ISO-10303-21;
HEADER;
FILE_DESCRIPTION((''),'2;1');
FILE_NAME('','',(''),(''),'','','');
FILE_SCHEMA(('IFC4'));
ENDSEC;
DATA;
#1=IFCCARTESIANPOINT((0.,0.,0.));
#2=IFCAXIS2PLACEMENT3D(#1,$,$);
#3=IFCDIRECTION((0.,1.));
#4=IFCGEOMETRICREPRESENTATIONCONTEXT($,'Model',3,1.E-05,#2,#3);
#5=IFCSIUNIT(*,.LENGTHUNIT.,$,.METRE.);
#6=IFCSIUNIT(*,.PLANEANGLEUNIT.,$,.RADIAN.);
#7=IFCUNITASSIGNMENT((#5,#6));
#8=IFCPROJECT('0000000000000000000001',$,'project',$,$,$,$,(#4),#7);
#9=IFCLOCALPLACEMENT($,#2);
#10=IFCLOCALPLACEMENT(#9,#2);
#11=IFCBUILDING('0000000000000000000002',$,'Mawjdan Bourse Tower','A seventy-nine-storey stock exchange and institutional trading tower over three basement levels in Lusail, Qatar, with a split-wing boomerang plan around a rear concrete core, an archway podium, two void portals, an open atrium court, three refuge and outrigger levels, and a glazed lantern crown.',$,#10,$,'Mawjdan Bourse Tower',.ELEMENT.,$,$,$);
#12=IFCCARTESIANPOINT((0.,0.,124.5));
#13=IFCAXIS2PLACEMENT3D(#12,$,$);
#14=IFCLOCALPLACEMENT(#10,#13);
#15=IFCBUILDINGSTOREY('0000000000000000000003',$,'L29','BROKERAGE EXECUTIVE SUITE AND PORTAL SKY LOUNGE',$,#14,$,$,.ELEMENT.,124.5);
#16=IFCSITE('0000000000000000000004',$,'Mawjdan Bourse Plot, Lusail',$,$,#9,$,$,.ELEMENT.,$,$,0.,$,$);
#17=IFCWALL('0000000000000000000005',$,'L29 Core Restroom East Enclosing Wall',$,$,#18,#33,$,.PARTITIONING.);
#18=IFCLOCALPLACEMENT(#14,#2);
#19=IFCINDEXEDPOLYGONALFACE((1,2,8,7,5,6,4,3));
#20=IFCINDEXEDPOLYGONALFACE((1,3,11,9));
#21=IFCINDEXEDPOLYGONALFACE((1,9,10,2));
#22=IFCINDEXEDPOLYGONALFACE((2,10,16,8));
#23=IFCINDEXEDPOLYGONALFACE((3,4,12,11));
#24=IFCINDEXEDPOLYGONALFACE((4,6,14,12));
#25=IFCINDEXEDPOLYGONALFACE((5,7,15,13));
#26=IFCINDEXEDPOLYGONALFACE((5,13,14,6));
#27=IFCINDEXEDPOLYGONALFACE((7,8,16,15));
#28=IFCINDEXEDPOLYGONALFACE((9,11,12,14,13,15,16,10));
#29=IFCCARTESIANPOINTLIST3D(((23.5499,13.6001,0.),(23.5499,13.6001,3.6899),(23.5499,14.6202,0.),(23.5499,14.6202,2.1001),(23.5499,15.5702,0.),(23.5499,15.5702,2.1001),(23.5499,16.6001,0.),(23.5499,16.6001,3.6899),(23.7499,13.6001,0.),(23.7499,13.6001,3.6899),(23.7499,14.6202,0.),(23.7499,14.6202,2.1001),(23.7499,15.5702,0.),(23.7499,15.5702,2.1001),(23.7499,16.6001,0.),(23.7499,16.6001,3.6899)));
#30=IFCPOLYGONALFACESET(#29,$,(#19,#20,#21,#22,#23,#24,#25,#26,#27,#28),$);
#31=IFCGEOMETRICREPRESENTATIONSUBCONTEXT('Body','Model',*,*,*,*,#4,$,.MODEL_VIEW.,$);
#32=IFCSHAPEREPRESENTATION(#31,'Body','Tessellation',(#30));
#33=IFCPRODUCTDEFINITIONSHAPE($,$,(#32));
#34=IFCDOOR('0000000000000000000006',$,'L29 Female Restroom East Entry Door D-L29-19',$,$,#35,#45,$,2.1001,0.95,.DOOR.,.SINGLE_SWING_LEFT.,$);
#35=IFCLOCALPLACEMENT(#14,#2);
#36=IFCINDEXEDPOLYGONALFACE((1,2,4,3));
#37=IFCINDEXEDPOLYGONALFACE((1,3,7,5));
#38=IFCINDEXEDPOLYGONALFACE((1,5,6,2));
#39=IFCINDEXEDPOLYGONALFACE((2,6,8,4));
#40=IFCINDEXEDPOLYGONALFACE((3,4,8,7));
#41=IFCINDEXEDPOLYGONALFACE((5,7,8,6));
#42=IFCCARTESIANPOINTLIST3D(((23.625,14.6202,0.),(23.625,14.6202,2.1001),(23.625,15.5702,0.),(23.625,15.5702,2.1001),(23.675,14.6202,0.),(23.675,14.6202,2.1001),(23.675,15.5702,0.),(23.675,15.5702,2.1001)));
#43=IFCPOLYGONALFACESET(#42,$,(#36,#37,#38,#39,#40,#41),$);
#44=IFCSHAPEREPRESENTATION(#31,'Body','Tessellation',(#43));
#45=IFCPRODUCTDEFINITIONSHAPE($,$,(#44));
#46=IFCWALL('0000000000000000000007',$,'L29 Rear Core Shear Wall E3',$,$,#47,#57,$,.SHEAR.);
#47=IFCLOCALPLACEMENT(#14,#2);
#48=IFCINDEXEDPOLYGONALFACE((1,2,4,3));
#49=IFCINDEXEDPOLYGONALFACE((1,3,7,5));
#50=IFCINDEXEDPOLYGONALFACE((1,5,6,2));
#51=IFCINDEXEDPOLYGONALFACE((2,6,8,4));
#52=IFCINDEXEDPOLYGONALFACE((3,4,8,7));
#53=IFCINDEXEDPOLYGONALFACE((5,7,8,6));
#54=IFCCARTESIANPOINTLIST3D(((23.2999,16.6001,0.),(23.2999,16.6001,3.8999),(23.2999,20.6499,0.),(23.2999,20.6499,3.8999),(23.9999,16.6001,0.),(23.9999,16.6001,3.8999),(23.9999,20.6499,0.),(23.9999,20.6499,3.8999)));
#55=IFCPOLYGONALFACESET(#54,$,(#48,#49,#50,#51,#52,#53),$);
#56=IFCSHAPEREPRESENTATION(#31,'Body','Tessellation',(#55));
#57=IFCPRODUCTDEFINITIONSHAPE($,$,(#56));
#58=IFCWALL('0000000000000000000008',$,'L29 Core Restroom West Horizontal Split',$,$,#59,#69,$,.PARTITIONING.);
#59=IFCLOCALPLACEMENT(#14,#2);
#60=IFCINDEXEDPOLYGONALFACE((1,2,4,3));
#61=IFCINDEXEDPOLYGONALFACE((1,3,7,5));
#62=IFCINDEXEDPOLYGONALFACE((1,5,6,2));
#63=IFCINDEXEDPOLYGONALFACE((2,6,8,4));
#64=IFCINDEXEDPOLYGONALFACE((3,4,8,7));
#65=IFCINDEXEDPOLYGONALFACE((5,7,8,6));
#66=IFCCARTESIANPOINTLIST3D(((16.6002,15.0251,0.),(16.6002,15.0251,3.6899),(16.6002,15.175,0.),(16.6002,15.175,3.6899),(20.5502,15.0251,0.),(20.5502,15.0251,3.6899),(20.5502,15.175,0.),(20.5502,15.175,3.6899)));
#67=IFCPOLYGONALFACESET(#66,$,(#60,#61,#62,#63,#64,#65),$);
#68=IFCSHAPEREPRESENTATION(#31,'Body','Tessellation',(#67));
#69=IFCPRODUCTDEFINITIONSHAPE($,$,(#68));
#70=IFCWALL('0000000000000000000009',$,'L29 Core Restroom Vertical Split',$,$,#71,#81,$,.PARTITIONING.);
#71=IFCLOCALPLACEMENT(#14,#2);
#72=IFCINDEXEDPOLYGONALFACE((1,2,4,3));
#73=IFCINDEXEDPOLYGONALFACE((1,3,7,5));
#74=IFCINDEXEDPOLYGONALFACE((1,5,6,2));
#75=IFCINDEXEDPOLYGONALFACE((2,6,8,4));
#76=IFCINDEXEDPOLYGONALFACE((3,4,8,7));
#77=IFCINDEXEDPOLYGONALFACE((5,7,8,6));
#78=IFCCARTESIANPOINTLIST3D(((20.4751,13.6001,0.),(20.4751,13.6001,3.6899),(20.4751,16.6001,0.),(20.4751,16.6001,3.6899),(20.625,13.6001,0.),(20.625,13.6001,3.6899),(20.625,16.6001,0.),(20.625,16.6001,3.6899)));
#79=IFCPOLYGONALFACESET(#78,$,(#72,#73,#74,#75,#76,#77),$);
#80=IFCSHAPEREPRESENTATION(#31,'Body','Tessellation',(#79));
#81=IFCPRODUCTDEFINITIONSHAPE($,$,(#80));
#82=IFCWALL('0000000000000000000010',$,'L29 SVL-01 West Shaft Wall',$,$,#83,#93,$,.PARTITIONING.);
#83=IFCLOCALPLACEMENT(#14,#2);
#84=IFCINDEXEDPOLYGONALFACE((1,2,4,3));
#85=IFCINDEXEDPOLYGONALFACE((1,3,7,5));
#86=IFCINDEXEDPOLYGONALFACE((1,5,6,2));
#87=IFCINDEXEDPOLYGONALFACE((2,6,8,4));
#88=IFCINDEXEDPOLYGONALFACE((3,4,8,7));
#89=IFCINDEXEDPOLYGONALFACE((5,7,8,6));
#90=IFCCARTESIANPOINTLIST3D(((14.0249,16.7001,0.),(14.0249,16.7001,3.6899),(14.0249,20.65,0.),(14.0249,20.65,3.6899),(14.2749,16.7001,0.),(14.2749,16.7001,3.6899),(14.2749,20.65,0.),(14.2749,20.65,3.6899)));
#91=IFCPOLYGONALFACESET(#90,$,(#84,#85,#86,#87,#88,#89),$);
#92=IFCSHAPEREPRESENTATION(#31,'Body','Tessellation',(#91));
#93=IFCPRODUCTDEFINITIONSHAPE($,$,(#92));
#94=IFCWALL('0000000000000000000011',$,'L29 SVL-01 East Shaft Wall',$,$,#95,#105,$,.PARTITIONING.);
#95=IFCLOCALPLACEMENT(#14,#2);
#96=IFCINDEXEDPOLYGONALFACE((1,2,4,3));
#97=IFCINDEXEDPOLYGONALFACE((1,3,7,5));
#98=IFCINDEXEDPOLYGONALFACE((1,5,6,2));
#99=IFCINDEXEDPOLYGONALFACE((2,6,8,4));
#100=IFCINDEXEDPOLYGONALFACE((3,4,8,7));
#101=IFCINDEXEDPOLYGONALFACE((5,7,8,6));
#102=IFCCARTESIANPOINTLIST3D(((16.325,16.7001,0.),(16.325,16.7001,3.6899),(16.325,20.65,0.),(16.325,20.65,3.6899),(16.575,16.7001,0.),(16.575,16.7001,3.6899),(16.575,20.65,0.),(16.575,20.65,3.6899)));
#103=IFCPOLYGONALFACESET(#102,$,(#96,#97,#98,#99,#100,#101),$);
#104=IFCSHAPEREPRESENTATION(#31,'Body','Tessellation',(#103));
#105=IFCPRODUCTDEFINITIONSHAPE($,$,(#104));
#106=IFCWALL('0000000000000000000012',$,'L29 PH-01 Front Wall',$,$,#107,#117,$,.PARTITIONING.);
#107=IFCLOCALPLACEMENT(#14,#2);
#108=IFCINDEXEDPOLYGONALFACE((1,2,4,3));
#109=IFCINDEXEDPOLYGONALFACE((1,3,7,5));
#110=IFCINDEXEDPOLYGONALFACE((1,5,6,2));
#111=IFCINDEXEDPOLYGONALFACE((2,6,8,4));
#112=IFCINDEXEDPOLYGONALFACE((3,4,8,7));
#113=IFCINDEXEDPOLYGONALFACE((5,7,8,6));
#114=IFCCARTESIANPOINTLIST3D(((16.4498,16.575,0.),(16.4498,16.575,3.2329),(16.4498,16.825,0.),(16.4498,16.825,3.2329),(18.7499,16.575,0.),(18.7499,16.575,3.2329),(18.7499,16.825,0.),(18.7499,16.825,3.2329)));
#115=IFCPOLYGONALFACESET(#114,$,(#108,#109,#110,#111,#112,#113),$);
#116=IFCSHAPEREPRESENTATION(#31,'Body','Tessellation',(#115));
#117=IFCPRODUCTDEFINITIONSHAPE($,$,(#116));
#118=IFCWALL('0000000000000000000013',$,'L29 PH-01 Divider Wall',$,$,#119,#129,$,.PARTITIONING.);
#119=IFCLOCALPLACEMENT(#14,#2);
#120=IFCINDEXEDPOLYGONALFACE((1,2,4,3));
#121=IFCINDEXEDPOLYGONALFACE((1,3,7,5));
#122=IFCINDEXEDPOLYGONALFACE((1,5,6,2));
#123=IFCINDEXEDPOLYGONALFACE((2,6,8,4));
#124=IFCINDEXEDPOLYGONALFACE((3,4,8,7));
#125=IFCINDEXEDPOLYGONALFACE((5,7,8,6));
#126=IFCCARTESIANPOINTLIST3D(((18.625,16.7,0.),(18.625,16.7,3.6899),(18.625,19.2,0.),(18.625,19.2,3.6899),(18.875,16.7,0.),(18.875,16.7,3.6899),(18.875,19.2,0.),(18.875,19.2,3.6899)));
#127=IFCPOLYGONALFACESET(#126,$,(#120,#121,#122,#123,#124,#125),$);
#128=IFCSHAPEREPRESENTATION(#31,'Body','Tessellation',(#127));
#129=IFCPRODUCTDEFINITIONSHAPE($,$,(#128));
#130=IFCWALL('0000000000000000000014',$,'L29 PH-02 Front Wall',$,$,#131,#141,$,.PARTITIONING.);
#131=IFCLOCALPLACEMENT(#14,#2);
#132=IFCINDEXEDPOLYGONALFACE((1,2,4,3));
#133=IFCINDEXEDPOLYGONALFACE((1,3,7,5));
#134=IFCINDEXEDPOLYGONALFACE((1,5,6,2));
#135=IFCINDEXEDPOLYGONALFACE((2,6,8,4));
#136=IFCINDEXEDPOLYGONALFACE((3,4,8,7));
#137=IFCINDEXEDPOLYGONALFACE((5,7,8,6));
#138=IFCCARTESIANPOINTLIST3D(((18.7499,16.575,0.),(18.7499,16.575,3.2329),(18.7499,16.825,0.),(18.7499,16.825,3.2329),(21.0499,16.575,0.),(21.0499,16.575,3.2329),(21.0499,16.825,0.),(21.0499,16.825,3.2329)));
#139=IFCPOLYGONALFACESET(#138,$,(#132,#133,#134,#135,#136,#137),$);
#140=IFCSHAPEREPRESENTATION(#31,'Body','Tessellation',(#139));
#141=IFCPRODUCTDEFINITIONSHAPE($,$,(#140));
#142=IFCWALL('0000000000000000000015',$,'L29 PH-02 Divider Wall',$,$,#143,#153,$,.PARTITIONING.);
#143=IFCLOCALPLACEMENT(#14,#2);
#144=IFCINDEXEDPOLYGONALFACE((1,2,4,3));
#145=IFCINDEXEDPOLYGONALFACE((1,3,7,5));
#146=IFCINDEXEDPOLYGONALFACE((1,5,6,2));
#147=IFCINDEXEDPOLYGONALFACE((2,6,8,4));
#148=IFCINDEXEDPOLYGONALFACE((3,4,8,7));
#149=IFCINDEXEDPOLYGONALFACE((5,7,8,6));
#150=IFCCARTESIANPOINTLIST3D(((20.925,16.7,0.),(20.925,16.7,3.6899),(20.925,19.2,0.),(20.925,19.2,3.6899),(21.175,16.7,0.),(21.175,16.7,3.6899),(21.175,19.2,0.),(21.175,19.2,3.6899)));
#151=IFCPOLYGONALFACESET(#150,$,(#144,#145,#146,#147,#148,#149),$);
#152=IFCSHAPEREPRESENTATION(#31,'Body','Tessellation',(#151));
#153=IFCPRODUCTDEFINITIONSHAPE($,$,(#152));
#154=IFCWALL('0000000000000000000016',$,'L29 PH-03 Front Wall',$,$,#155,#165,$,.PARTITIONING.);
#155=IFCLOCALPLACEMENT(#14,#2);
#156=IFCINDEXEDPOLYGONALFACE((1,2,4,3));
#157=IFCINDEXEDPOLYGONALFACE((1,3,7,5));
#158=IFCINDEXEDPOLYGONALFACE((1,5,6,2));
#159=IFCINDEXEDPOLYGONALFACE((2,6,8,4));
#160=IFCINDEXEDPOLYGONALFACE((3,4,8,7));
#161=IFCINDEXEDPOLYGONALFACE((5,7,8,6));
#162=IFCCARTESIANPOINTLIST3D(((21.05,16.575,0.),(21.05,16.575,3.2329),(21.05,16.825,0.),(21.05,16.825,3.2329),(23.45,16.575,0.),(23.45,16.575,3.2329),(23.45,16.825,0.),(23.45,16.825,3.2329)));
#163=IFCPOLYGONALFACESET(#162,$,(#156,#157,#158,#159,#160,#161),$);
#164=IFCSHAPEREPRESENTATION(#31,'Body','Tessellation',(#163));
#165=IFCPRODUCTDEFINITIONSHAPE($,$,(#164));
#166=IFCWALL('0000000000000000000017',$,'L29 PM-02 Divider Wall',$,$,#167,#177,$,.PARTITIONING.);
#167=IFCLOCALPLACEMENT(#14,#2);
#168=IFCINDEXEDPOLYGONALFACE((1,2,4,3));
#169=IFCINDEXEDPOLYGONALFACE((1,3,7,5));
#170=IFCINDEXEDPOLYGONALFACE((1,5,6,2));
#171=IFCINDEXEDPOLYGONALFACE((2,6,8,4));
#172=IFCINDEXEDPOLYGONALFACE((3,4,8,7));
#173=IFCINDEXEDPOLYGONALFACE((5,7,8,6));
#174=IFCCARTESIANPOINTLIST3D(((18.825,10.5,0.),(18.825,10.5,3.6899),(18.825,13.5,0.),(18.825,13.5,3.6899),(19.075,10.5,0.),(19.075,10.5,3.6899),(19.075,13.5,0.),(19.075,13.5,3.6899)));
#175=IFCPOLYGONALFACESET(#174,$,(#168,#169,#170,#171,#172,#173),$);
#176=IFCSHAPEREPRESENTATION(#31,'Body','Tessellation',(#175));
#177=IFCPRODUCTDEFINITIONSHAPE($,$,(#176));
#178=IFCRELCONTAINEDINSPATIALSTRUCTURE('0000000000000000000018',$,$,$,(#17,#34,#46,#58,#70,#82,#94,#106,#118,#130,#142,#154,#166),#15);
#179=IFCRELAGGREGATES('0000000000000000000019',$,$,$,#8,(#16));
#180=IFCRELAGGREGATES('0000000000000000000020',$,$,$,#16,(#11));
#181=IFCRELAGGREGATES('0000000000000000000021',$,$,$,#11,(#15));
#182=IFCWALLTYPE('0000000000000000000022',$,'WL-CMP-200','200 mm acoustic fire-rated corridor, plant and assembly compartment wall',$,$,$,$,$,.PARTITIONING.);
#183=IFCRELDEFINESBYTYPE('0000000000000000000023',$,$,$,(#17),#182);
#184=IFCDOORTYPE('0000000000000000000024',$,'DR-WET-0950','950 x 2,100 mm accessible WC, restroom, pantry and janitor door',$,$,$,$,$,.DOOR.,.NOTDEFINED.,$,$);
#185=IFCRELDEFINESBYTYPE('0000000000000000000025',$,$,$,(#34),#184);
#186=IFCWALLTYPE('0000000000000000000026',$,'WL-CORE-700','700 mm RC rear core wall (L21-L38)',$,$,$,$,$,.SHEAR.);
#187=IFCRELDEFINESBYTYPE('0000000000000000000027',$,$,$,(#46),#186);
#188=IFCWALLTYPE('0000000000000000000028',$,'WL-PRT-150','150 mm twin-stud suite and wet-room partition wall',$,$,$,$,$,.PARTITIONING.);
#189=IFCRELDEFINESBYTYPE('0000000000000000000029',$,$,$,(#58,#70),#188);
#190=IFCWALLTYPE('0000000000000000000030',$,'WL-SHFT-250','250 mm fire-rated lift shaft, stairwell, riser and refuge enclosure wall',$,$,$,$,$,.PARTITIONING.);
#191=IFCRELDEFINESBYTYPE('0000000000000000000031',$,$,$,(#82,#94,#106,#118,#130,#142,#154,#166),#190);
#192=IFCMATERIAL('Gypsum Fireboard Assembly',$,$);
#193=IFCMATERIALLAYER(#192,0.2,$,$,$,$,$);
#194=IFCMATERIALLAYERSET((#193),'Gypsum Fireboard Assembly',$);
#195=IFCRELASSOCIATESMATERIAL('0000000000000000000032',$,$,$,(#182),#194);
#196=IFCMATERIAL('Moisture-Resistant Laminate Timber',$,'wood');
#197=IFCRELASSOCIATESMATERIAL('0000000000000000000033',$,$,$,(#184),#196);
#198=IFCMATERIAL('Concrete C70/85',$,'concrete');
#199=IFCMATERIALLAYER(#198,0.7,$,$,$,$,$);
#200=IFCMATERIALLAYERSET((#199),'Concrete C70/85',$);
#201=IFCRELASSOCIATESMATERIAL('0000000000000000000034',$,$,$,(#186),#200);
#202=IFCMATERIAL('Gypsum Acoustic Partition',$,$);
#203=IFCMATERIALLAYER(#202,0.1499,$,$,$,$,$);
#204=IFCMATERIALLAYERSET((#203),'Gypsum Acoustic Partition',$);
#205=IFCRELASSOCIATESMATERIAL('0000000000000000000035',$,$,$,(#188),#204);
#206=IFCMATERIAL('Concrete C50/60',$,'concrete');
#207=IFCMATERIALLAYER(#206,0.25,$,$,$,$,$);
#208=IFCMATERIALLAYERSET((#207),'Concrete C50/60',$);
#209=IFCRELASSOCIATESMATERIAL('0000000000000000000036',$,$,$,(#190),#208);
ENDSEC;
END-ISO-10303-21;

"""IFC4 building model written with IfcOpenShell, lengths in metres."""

from ifc_helpers import new_model, si_unit, direction, frame, frame_2d, origin, place, context, subcontext, project, spatial, rectangle, extrude, material, layer, layer_set, type_object, element, fill, save


model = new_model("IFC4")

# Units and contexts
model_context = context("Model", 3, precision=1e-05, world=origin(), true_north=direction((0.0, 1.0)))
body_context = subcontext(model_context, "Body", "Model", "MODEL_VIEW")
ifc_project = project(units=[si_unit("LENGTHUNIT", "METRE"), si_unit("PLANEANGLEUNIT", "RADIAN")], contexts=[model_context])

# Site, building, storey
site_placement = place(None, origin())
site = spatial("IfcSite", under=ifc_project, at=site_placement, Name="Mawjdan Bourse Plot, Lusail", CompositionType="ELEMENT", RefElevation=0.0)
building_placement = place(site_placement, origin())
building = spatial("IfcBuilding", under=site, at=building_placement, Name="Mawjdan Bourse Tower", Description="A seventy-nine-storey stock exchange and institutional trading tower over three basement levels in Lusail, Qatar, with a split-wing boomerang plan around a rear concrete core, an archway podium, two void portals, an open atrium court, three refuge and outrigger levels, and a glazed lantern crown.", LongName="Mawjdan Bourse Tower", CompositionType="ELEMENT")
storey_placement = place(building_placement, frame((0.0, 0.0, 124.5)))
storey = spatial("IfcBuildingStorey", under=building, at=storey_placement, Name="L29", Description="BROKERAGE EXECUTIVE SUITE AND PORTAL SKY LOUNGE", CompositionType="ELEMENT", Elevation=124.5)

# Shared definitions
ifc_material_1 = material(Name="Concrete C70/85", Category="concrete")

# Shared definitions
ifc_material_2 = material(Name="Gypsum Fireboard Assembly")
ifc_layer_1 = layer(ifc_material_2, 0.2)
ifc_layer_set_1 = layer_set([ifc_layer_1], Name="Gypsum Fireboard Assembly")
wall_type_1 = type_object("IfcWallType", Name="WL-CMP-200", Description="200 mm acoustic fire-rated corridor, plant and assembly compartment wall", PredefinedType="PARTITIONING", material=ifc_layer_set_1)
ifc_material_3 = material(Name="Moisture-Resistant Laminate Timber", Category="wood")
door_type_1 = type_object("IfcDoorType", Name="DR-WET-0950", Description="950 x 2,100 mm accessible WC, restroom, pantry and janitor door", OperationType="NOTDEFINED", PredefinedType="DOOR", material=ifc_material_3)

# Wall, opening, door
wall_1_placement = place(storey_placement, frame((23.6499, 13.6001, 0.0), z_axis=(0.0, 0.0, 1.0), x_axis=(0.0, 1.0, 0.0)))
wall_1 = element("IfcWall", 1, at=wall_1_placement, inside=storey, type_object=wall_type_1, Name="L29 Core Restroom East Enclosing Wall", PredefinedType="PARTITIONING", context=body_context, shape_type="SweptSolid", body=[
    extrude(rectangle(XDim=3.0, YDim=0.2, at=frame_2d((1.5, 0.0))), origin(), (0.0, 0.0, 1.0), 3.6899),
])
opening_1_placement = place(wall_1_placement, frame((1.02, 0.0, 0.0)))
opening_1 = element("IfcOpeningElement", 2, at=opening_1_placement, cuts=wall_1, PredefinedType="OPENING", context=body_context, shape_type="SweptSolid", body=[
    extrude(rectangle(XDim=0.95, YDim=2.1001, at=frame_2d((0.4751, 1.05))), frame((0.0, 0.1099, 0.0), z_axis=(0.0, -1.0, 0.0), x_axis=(1.0, 0.0, 0.0)), (0.0, 0.0, 1.0), 0.22),
])
door_1_placement = place(opening_1_placement, origin())
door_1 = element("IfcDoor", 3, at=door_1_placement, inside=storey, type_object=door_type_1, Name="L29 Female Restroom East Entry Door D-L29-19", OperationType="SINGLE_SWING_LEFT", OverallHeight=2.1001, OverallWidth=0.95, PredefinedType="DOOR", context=body_context, shape_type="SweptSolid", body=[
    extrude(rectangle(XDim=0.95, YDim=2.1001, at=frame_2d((0.4751, 1.05))), frame((0.0, 0.0249, 0.0), z_axis=(0.0, -1.0, 0.0), x_axis=(1.0, 0.0, 0.0)), (0.0, 0.0, 1.0), 0.05),
])
fill(opening_1, door_1)

# Walls
ifc_layer_2 = layer(ifc_material_1, 0.7)
ifc_layer_set_2 = layer_set([ifc_layer_2], Name="Concrete C70/85")
wall_type_2 = type_object("IfcWallType", Name="WL-CORE-700", Description="700 mm RC rear core wall (L21-L38)", PredefinedType="SHEAR", material=ifc_layer_set_2)
wall_2_placement = place(storey_placement, frame((23.6499, 16.6001, 0.0), z_axis=(0.0, 0.0, 1.0), x_axis=(0.0, 1.0, 0.0)))
element("IfcWall", 4, at=wall_2_placement, inside=storey, type_object=wall_type_2, Name="L29 Rear Core Shear Wall E3", PredefinedType="SHEAR", context=body_context, shape_type="SweptSolid", body=[
    extrude(rectangle(XDim=4.0498, YDim=0.7, at=frame_2d((2.0249, 0.0))), origin(), (0.0, 0.0, 1.0), 3.8999),
])
ifc_material_4 = material(Name="Gypsum Acoustic Partition")
ifc_layer_3 = layer(ifc_material_4, 0.1499)
ifc_layer_set_3 = layer_set([ifc_layer_3], Name="Gypsum Acoustic Partition")
wall_type_3 = type_object("IfcWallType", Name="WL-PRT-150", Description="150 mm twin-stud suite and wet-room partition wall", PredefinedType="PARTITIONING", material=ifc_layer_set_3)
wall_3_placement = place(storey_placement, frame((16.6001, 15.1001, 0.0), z_axis=(0.0, 0.0, 1.0), x_axis=(1.0, 0.0, 0.0)))
element("IfcWall", 5, at=wall_3_placement, inside=storey, type_object=wall_type_3, Name="L29 Core Restroom West Horizontal Split", PredefinedType="PARTITIONING", context=body_context, shape_type="SweptSolid", body=[
    extrude(rectangle(XDim=3.95, YDim=0.1499, at=frame_2d((1.9751, 0.0))), origin(), (0.0, 0.0, 1.0), 3.6899),
])
wall_4_placement = place(storey_placement, frame((20.55, 13.6001, 0.0), z_axis=(0.0, 0.0, 1.0), x_axis=(0.0, 1.0, 0.0)))
element("IfcWall", 6, at=wall_4_placement, inside=storey, type_object=wall_type_3, Name="L29 Core Restroom Vertical Split", PredefinedType="PARTITIONING", context=body_context, shape_type="SweptSolid", body=[
    extrude(rectangle(XDim=3.0, YDim=0.1499, at=frame_2d((1.5, 0.0))), origin(), (0.0, 0.0, 1.0), 3.6899),
])
ifc_material_5 = material(Name="Concrete C50/60", Category="concrete")
ifc_layer_4 = layer(ifc_material_5, 0.25)
ifc_layer_set_4 = layer_set([ifc_layer_4], Name="Concrete C50/60")
wall_type_4 = type_object("IfcWallType", Name="WL-SHFT-250", Description="250 mm fire-rated lift shaft, stairwell, riser and refuge enclosure wall", PredefinedType="PARTITIONING", material=ifc_layer_set_4)
for number, where, z_axis, x_axis, name in (
    (7, (14.1499, 16.7, 0.0), (0.0, 0.0, 1.0), (0.0, 1.0, 0.0), "L29 SVL-01 West Shaft Wall"),
    (8, (16.45, 16.7, 0.0), (0.0, 0.0, 1.0), (0.0, 1.0, 0.0), "L29 SVL-01 East Shaft Wall"),
):
    element("IfcWall", number, at=place(storey_placement, frame(where, z_axis=z_axis, x_axis=x_axis)), inside=storey, type_object=wall_type_4, Name=name, PredefinedType="PARTITIONING", context=body_context, shape_type="SweptSolid", body=[
        extrude(rectangle(XDim=3.95, YDim=0.25, at=frame_2d((1.9751, 0.0))), origin(), (0.0, 0.0, 1.0), 3.6899),
    ])
wall_5_placement = place(storey_placement, frame((16.45, 16.7, 0.0), z_axis=(0.0, 0.0, 1.0), x_axis=(1.0, 0.0, 0.0)))
element("IfcWall", 9, at=wall_5_placement, inside=storey, type_object=wall_type_4, Name="L29 PH-01 Front Wall", PredefinedType="PARTITIONING", context=body_context, shape_type="SweptSolid", body=[
    extrude(rectangle(XDim=2.3, YDim=0.25, at=frame_2d((1.1499, 0.0))), origin(), (0.0, 0.0, 1.0), 3.2329),
])
wall_6_placement = place(storey_placement, frame((18.75, 16.7, 0.0), z_axis=(0.0, 0.0, 1.0), x_axis=(0.0, 1.0, 0.0)))
element("IfcWall", 10, at=wall_6_placement, inside=storey, type_object=wall_type_4, Name="L29 PH-01 Divider Wall", PredefinedType="PARTITIONING", context=body_context, shape_type="SweptSolid", body=[
    extrude(rectangle(XDim=2.5, YDim=0.25, at=frame_2d((1.25, 0.0))), origin(), (0.0, 0.0, 1.0), 3.6899),
])
wall_7_placement = place(storey_placement, frame((18.75, 16.7, 0.0), z_axis=(0.0, 0.0, 1.0), x_axis=(1.0, 0.0, 0.0)))
element("IfcWall", 11, at=wall_7_placement, inside=storey, type_object=wall_type_4, Name="L29 PH-02 Front Wall", PredefinedType="PARTITIONING", context=body_context, shape_type="SweptSolid", body=[
    extrude(rectangle(XDim=2.3, YDim=0.25, at=frame_2d((1.1499, 0.0))), origin(), (0.0, 0.0, 1.0), 3.2329),
])
wall_8_placement = place(storey_placement, frame((21.05, 16.7, 0.0), z_axis=(0.0, 0.0, 1.0), x_axis=(0.0, 1.0, 0.0)))
element("IfcWall", 12, at=wall_8_placement, inside=storey, type_object=wall_type_4, Name="L29 PH-02 Divider Wall", PredefinedType="PARTITIONING", context=body_context, shape_type="SweptSolid", body=[
    extrude(rectangle(XDim=2.5, YDim=0.25, at=frame_2d((1.25, 0.0))), origin(), (0.0, 0.0, 1.0), 3.6899),
])
wall_9_placement = place(storey_placement, frame((21.05, 16.7, 0.0), z_axis=(0.0, 0.0, 1.0), x_axis=(1.0, 0.0, 0.0)))
element("IfcWall", 13, at=wall_9_placement, inside=storey, type_object=wall_type_4, Name="L29 PH-03 Front Wall", PredefinedType="PARTITIONING", context=body_context, shape_type="SweptSolid", body=[
    extrude(rectangle(XDim=2.3999, YDim=0.25, at=frame_2d((1.2, 0.0))), origin(), (0.0, 0.0, 1.0), 3.2329),
])
wall_10_placement = place(storey_placement, frame((18.95, 10.5, 0.0), z_axis=(0.0, 0.0, 1.0), x_axis=(0.0, 1.0, 0.0)))
element("IfcWall", 14, at=wall_10_placement, inside=storey, type_object=wall_type_4, Name="L29 PM-02 Divider Wall", PredefinedType="PARTITIONING", context=body_context, shape_type="SweptSolid", body=[
    extrude(rectangle(XDim=3.0, YDim=0.25, at=frame_2d((1.5, 0.0))), origin(), (0.0, 0.0, 1.0), 3.6899),
])

save(model, "model.ifc")
